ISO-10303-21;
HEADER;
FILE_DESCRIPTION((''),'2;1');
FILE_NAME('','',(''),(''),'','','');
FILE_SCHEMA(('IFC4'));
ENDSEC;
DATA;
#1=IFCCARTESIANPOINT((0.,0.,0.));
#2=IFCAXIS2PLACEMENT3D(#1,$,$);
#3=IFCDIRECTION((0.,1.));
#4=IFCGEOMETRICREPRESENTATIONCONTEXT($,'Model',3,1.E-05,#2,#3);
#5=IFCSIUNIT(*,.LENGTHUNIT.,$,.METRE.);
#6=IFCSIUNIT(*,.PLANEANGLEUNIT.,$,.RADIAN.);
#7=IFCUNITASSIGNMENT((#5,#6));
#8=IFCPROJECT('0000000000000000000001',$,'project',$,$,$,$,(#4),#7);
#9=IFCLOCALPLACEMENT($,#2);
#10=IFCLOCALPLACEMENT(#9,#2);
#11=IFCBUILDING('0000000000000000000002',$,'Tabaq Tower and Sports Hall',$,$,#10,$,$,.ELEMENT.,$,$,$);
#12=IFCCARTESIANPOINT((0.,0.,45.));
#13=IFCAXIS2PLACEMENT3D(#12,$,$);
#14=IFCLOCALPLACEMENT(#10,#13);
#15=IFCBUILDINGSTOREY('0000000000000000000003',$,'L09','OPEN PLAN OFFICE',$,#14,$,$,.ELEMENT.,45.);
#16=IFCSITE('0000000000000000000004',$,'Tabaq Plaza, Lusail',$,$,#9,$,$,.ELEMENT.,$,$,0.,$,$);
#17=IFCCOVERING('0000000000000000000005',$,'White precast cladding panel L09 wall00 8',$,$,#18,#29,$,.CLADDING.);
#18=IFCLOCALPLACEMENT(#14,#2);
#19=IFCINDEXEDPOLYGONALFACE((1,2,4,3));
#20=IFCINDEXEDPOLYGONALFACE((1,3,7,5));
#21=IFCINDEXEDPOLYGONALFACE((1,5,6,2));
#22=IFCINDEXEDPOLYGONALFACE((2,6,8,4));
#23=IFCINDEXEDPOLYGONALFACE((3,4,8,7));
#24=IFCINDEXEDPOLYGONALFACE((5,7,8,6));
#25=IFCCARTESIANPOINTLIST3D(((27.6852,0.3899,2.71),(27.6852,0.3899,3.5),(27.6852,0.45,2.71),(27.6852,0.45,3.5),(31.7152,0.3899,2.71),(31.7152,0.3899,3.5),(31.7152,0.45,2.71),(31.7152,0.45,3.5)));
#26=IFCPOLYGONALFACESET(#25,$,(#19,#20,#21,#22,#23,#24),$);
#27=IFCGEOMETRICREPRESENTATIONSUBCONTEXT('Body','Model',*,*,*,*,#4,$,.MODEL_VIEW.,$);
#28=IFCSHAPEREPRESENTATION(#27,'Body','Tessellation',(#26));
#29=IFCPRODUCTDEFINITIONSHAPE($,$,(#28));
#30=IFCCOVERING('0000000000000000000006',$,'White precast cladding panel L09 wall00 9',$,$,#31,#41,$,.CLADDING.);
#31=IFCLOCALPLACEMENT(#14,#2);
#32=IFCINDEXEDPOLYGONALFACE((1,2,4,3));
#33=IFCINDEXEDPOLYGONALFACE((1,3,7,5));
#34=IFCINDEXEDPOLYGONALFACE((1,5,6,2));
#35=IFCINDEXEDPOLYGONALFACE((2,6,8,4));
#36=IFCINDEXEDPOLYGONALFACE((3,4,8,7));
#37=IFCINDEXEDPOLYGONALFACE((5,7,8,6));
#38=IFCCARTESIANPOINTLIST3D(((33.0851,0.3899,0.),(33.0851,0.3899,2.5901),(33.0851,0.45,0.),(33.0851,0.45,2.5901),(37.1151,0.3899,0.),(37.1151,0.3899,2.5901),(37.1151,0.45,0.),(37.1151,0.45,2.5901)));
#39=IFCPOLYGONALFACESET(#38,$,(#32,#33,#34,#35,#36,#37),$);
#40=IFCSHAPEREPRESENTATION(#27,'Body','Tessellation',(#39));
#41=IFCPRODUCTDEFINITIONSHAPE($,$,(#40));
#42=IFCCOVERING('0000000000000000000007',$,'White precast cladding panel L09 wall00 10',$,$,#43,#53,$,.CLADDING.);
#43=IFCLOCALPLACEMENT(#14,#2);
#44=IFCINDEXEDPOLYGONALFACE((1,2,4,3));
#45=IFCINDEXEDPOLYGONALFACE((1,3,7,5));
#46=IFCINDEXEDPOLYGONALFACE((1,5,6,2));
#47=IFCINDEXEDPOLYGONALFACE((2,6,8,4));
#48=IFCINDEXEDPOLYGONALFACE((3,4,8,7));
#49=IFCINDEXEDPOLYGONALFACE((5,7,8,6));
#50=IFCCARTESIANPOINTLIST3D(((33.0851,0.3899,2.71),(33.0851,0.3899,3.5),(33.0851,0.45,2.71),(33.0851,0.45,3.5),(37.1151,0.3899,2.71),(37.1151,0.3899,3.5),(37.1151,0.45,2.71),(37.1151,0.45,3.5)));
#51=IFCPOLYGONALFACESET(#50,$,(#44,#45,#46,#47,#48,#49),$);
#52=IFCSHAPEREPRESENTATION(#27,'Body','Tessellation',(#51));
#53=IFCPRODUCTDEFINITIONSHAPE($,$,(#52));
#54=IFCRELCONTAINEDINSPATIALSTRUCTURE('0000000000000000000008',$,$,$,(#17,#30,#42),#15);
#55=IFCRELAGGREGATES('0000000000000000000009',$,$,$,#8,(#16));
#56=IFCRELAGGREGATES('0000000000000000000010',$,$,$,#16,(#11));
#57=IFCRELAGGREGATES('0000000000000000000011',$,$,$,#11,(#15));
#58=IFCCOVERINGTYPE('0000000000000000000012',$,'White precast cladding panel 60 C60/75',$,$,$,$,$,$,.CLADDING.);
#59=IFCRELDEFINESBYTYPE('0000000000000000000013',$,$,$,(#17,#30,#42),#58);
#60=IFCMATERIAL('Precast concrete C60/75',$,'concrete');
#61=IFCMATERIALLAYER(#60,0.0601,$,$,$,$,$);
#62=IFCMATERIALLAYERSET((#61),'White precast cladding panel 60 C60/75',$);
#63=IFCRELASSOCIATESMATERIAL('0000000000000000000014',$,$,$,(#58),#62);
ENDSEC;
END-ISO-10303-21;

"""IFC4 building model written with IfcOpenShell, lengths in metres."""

from ifc_helpers import new_model, si_unit, direction, frame, frame_2d, origin, place, context, subcontext, project, spatial, rectangle, extrude, material, layer, layer_set, type_object, element, save


model = new_model("IFC4")

# Units and contexts
model_context = context("Model", 3, precision=1e-05, world=origin(), true_north=direction((0.0, 1.0)))
body_context = subcontext(model_context, "Body", "Model", "MODEL_VIEW")
ifc_project = project(units=[si_unit("LENGTHUNIT", "METRE"), si_unit("PLANEANGLEUNIT", "RADIAN")], contexts=[model_context])

# Site, building, storey
site_placement = place(None, origin())
site = spatial("IfcSite", under=ifc_project, at=site_placement, Name="Tabaq Plaza, Lusail", CompositionType="ELEMENT", RefElevation=0.0)
building_placement = place(site_placement, origin())
building = spatial("IfcBuilding", under=site, at=building_placement, Name="Tabaq Tower and Sports Hall", CompositionType="ELEMENT")
storey_placement = place(building_placement, frame((0.0, 0.0, 45.0)))
storey = spatial("IfcBuildingStorey", under=building, at=storey_placement, Name="L09", Description="OPEN PLAN OFFICE", CompositionType="ELEMENT", Elevation=45.0)

# Coverings
ifc_material_1 = material(Name="Precast concrete C60/75", Category="concrete")
ifc_layer_1 = layer(ifc_material_1, 0.0601)
ifc_layer_set_1 = layer_set([ifc_layer_1], Name="White precast cladding panel 60 C60/75")
covering_type_1 = type_object("IfcCoveringType", Name="White precast cladding panel 60 C60/75", PredefinedType="CLADDING", material=ifc_layer_set_1)
covering_1_placement = place(storey_placement, frame((27.6851, 0.4199, 2.71), z_axis=(0.0, 0.0, 1.0), x_axis=(1.0, 0.0, 0.0)))
element("IfcCovering", 1, at=covering_1_placement, inside=storey, type_object=covering_type_1, Name="White precast cladding panel L09 wall00 8", PredefinedType="CLADDING", context=body_context, shape_type="SweptSolid", body=[
    extrude(rectangle(XDim=4.03, YDim=0.0601, at=frame_2d((2.0151, 0.0))), origin(), (0.0, 0.0, 1.0), 0.79),
])
covering_2_placement = place(storey_placement, frame((33.085, 0.4199, 0.0), z_axis=(0.0, 0.0, 1.0), x_axis=(1.0, 0.0, 0.0)))
element("IfcCovering", 2, at=covering_2_placement, inside=storey, type_object=covering_type_1, Name="White precast cladding panel L09 wall00 9", PredefinedType="CLADDING", context=body_context, shape_type="SweptSolid", body=[
    extrude(rectangle(XDim=4.03, YDim=0.0601, at=frame_2d((2.0151, 0.0))), origin(), (0.0, 0.0, 1.0), 2.5901),
])
covering_3_placement = place(storey_placement, frame((33.085, 0.4199, 2.71), z_axis=(0.0, 0.0, 1.0), x_axis=(1.0, 0.0, 0.0)))
element("IfcCovering", 3, at=covering_3_placement, inside=storey, type_object=covering_type_1, Name="White precast cladding panel L09 wall00 10", PredefinedType="CLADDING", context=body_context, shape_type="SweptSolid", body=[
    extrude(rectangle(XDim=4.03, YDim=0.0601, at=frame_2d((2.0151, 0.0))), origin(), (0.0, 0.0, 1.0), 0.79),
])

save(model, "model.ifc")
